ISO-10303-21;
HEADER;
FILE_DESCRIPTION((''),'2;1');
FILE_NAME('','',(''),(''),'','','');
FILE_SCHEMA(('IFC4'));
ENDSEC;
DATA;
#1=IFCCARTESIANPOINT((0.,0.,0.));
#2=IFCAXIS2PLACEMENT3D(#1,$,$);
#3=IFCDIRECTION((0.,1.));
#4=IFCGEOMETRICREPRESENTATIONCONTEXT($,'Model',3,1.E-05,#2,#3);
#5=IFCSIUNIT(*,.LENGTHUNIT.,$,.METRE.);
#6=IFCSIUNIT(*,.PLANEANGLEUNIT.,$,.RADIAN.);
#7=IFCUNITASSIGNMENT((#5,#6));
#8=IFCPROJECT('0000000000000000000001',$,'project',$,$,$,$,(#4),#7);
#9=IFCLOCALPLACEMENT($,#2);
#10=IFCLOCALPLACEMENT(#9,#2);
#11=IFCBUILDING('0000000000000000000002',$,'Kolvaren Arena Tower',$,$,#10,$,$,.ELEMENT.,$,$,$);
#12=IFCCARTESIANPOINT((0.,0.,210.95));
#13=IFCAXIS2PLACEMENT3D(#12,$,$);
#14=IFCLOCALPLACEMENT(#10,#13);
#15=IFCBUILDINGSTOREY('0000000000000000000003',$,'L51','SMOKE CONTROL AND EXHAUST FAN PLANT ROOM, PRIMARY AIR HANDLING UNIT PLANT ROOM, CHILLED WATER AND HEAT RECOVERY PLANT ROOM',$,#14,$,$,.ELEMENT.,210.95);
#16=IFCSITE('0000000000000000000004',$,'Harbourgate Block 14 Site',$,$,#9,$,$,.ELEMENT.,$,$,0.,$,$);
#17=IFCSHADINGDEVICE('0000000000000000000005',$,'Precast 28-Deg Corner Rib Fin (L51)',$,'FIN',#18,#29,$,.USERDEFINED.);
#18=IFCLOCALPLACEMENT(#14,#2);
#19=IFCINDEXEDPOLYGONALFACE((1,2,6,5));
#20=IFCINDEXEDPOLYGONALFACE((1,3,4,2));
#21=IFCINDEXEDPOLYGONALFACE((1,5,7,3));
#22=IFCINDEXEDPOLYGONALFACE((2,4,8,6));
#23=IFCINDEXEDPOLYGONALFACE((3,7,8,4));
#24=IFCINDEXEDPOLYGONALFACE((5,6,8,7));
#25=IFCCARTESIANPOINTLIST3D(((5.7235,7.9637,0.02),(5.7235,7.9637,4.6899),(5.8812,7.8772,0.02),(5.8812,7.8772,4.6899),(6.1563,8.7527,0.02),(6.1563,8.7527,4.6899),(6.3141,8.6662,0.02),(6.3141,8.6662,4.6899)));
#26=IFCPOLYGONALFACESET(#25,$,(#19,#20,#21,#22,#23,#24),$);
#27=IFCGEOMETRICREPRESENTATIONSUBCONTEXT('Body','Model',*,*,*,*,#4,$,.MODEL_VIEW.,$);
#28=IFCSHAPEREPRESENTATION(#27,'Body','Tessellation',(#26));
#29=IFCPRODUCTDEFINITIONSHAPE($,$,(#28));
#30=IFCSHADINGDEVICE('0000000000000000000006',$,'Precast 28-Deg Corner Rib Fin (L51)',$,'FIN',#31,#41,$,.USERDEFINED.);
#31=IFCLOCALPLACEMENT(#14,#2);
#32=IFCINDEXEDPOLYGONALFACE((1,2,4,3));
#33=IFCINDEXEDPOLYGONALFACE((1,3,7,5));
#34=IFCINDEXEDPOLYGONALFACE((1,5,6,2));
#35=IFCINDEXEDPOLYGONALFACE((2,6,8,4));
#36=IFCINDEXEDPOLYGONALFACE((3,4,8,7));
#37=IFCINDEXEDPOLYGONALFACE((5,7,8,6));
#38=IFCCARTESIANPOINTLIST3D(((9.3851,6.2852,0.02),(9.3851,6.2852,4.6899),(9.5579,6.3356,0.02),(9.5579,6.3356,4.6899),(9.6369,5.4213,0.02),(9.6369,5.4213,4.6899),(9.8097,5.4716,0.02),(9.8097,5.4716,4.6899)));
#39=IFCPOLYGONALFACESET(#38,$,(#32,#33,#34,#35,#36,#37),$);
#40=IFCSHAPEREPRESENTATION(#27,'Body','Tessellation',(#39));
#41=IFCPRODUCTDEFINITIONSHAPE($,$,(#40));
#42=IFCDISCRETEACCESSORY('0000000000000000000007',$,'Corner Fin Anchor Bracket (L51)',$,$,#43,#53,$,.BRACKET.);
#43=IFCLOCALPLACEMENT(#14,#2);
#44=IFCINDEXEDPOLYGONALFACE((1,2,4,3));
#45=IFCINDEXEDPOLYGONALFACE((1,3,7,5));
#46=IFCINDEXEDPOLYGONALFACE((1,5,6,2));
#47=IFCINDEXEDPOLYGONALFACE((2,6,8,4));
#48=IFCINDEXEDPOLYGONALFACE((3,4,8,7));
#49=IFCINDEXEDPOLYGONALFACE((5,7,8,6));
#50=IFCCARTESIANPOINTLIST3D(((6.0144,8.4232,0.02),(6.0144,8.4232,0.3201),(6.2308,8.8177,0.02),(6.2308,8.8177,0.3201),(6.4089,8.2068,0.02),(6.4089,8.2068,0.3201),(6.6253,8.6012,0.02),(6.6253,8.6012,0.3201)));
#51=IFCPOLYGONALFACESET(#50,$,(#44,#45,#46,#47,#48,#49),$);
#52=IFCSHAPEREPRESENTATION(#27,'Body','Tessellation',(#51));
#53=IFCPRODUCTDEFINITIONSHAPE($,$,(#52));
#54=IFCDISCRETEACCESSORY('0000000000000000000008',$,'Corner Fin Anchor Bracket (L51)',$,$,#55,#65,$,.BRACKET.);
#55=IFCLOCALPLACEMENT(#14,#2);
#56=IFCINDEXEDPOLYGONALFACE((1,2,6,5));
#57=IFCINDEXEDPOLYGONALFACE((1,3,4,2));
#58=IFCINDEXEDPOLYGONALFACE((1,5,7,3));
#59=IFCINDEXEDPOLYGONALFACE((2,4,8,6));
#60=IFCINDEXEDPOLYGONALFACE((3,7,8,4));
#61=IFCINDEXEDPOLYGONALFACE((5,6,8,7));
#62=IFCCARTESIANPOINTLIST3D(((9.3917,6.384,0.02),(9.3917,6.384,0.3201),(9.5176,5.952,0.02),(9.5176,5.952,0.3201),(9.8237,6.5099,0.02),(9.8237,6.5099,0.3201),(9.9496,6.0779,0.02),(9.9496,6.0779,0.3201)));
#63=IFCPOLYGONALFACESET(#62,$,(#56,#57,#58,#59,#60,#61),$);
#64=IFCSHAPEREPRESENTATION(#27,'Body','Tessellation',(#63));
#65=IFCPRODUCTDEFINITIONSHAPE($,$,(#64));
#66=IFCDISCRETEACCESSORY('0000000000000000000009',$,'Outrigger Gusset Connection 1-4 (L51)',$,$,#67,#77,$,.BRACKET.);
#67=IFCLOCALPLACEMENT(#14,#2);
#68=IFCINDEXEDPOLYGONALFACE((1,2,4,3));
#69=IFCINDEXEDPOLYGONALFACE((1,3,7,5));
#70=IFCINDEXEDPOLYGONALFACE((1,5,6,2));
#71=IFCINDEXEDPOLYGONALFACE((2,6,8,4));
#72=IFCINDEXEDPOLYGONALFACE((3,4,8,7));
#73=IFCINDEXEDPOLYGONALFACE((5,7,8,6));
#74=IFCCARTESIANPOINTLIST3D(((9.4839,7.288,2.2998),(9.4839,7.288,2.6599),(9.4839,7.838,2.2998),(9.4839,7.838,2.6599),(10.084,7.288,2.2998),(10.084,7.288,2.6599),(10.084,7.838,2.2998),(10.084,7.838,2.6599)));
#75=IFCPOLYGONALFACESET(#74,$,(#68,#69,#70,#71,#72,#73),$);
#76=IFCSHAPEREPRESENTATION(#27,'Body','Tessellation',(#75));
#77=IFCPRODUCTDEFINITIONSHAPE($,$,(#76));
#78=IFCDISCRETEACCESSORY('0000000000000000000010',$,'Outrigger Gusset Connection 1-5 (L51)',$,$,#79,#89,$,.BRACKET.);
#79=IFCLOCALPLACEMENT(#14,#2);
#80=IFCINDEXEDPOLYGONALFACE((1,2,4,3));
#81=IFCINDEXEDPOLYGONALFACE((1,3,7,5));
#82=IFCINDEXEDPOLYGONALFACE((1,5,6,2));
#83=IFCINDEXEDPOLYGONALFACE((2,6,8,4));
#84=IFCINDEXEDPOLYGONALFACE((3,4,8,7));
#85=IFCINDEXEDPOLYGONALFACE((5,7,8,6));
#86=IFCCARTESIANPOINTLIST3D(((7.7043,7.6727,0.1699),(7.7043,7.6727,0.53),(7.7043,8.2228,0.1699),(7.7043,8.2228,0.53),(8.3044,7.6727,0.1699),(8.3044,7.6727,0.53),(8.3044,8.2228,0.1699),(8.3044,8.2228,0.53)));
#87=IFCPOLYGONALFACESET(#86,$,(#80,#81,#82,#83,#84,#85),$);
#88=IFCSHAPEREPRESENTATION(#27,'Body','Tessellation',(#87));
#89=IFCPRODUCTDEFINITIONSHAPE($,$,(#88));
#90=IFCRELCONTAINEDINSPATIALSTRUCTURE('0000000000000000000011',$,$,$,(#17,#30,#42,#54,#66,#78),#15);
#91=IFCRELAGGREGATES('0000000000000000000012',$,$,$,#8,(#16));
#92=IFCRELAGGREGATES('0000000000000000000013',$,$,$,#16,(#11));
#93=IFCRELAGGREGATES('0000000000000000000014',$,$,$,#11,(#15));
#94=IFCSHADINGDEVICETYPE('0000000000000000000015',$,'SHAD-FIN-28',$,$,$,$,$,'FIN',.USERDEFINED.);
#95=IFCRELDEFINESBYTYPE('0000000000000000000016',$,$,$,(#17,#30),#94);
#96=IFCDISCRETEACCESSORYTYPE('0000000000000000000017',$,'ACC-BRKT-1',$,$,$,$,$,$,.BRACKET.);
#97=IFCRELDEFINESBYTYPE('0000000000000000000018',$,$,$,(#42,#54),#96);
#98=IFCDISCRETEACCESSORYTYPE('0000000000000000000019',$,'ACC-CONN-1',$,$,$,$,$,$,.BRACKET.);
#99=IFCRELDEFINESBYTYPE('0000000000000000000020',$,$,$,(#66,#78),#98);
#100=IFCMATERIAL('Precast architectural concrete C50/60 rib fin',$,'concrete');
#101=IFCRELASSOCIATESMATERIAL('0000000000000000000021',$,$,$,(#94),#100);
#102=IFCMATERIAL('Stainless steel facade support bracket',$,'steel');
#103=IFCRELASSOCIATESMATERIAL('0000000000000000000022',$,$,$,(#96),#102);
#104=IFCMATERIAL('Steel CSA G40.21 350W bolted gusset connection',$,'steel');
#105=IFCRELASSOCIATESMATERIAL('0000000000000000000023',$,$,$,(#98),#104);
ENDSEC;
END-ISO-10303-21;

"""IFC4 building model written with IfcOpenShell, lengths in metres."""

from ifc_helpers import new_model, si_unit, direction, frame, origin, origin_2d, place, context, subcontext, project, spatial, rectangle, extrude, material, type_object, element, save


model = new_model("IFC4")

# Units and contexts
model_context = context("Model", 3, precision=1e-05, world=origin(), true_north=direction((0.0, 1.0)))
body_context = subcontext(model_context, "Body", "Model", "MODEL_VIEW")
ifc_project = project(units=[si_unit("LENGTHUNIT", "METRE"), si_unit("PLANEANGLEUNIT", "RADIAN")], contexts=[model_context])

# Site, building, storey
site_placement = place(None, origin())
site = spatial("IfcSite", under=ifc_project, at=site_placement, Name="Harbourgate Block 14 Site", CompositionType="ELEMENT", RefElevation=0.0)
building_placement = place(site_placement, origin())
building = spatial("IfcBuilding", under=site, at=building_placement, Name="Kolvaren Arena Tower", CompositionType="ELEMENT")
storey_placement = place(building_placement, frame((0.0, 0.0, 210.95)))
storey = spatial("IfcBuildingStorey", under=building, at=storey_placement, Name="L51", Description="SMOKE CONTROL AND EXHAUST FAN PLANT ROOM, PRIMARY AIR HANDLING UNIT PLANT ROOM, CHILLED WATER AND HEAT RECOVERY PLANT ROOM", CompositionType="ELEMENT", Elevation=210.95)

# Shading devices
ifc_material_1 = material(Name="Precast architectural concrete C50/60 rib fin", Category="concrete")
shading_device_type = type_object("IfcShadingDeviceType", Name="SHAD-FIN-28", ElementType="FIN", PredefinedType="USERDEFINED", material=ifc_material_1)
for number, where, z_axis, x_axis, name in (
    (1, (6.0188, 8.3149, 0.02), (0.0, 0.0, 1.0), (-0.480995, -0.876723, 0.0), "Precast 28-Deg Corner Rib Fin (L51)"),
    (2, (9.5974, 5.8784, 0.02), (0.0, 0.0, 1.0), (0.279812, -0.960055, 0.0), "Precast 28-Deg Corner Rib Fin (L51)"),
):
    element("IfcShadingDevice", number, at=place(storey_placement, frame(where, z_axis=z_axis, x_axis=x_axis)), inside=storey, type_object=shading_device_type, Name=name, ObjectType="FIN", PredefinedType="USERDEFINED", context=body_context, shape_type="SweptSolid", body=[
        extrude(rectangle(XDim=0.8999, YDim=0.1799, at=origin_2d()), origin(), (0.0, 0.0, 1.0), 4.6699),
    ])

# Discrete accessories
ifc_material_2 = material(Name="Stainless steel facade support bracket", Category="steel")
discrete_accessory_type_1 = type_object("IfcDiscreteAccessoryType", Name="ACC-BRKT-1", PredefinedType="BRACKET", material=ifc_material_2)
for number, where, z_axis, x_axis, name in (
    (3, (6.3198, 8.5122, 0.02), (0.0, 0.0, 1.0), (-0.480995, -0.876723, 0.0), "Corner Fin Anchor Bracket (L51)"),
    (4, (9.6707, 6.231, 0.02), (0.0, 0.0, 1.0), (0.279812, -0.960055, 0.0), "Corner Fin Anchor Bracket (L51)"),
):
    element("IfcDiscreteAccessory", number, at=place(storey_placement, frame(where, z_axis=z_axis, x_axis=x_axis)), inside=storey, type_object=discrete_accessory_type_1, Name=name, PredefinedType="BRACKET", context=body_context, shape_type="SweptSolid", body=[
        extrude(rectangle(XDim=0.45, YDim=0.45, at=origin_2d()), origin(), (0.0, 0.0, 1.0), 0.3),
    ])
ifc_material_3 = material(Name="Steel CSA G40.21 350W bolted gusset connection", Category="steel")
discrete_accessory_type_2 = type_object("IfcDiscreteAccessoryType", Name="ACC-CONN-1", PredefinedType="BRACKET", material=ifc_material_3)
for number, where, z_axis, x_axis, name in (
    (5, (9.7839, 7.563, 2.2998), (0.0, 0.0, 1.0), (1.0, 0.0, 0.0), "Outrigger Gusset Connection 1-4 (L51)"),
    (6, (8.0044, 7.9478, 0.1699), (0.0, 0.0, 1.0), (1.0, 0.0, 0.0), "Outrigger Gusset Connection 1-5 (L51)"),
):
    element("IfcDiscreteAccessory", number, at=place(storey_placement, frame(where, z_axis=z_axis, x_axis=x_axis)), inside=storey, type_object=discrete_accessory_type_2, Name=name, PredefinedType="BRACKET", context=body_context, shape_type="SweptSolid", body=[
        extrude(rectangle(XDim=0.6001, YDim=0.55, at=origin_2d()), origin(), (0.0, 0.0, 1.0), 0.3601),
    ])

save(model, "model.ifc")
